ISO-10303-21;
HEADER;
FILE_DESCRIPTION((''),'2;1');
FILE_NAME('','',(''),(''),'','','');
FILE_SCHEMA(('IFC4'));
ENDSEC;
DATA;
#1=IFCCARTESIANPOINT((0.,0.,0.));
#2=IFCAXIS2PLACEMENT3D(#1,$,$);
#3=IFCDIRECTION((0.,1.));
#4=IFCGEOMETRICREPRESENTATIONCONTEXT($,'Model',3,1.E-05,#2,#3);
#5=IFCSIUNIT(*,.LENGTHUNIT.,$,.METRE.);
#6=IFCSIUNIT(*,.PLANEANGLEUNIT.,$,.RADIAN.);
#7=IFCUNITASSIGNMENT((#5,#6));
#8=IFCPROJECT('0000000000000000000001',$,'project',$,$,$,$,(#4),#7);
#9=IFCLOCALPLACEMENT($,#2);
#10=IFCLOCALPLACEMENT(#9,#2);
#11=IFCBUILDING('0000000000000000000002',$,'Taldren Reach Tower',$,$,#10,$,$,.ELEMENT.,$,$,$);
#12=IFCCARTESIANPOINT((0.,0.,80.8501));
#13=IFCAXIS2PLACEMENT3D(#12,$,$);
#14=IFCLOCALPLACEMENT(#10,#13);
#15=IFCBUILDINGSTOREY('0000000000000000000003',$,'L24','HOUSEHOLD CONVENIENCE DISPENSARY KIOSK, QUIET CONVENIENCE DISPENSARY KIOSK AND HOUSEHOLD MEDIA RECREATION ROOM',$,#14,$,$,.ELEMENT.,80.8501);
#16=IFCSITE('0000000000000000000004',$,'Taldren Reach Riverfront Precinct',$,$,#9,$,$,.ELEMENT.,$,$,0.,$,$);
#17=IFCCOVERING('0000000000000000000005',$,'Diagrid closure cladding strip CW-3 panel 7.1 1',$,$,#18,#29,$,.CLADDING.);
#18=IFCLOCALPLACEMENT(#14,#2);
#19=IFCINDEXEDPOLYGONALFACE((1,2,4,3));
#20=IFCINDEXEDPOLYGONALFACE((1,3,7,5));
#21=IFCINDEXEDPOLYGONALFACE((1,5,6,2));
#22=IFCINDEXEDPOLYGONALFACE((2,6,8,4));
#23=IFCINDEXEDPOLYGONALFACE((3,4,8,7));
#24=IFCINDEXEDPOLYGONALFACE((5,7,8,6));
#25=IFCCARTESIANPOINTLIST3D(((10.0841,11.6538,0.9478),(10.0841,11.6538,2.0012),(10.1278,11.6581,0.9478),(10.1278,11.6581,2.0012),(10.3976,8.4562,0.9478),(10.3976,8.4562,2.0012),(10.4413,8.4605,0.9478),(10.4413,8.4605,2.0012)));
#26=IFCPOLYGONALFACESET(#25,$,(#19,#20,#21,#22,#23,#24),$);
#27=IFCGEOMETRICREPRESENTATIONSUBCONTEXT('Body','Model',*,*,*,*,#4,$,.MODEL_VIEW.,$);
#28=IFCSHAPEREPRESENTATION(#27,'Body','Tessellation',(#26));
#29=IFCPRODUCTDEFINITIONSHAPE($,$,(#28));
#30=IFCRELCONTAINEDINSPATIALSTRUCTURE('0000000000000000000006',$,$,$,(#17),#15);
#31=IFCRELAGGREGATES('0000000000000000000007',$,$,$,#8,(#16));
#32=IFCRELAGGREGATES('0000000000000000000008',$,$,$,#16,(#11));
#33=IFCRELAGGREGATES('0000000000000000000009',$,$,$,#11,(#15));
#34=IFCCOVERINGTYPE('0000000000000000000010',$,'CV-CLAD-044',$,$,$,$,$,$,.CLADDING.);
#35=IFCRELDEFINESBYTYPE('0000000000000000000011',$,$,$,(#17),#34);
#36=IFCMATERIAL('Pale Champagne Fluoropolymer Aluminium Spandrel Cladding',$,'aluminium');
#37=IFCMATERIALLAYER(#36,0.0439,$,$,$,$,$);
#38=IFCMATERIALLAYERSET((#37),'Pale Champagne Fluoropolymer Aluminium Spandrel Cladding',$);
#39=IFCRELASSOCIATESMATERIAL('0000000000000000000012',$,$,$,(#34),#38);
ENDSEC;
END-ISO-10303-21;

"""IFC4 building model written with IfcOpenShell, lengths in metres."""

from ifc_helpers import new_model, si_unit, direction, frame, origin, origin_2d, place, context, subcontext, project, spatial, rectangle, extrude, source, transform, mapped, material, layer, layer_set, type_object, element, save


model = new_model("IFC4")

# Units and contexts
model_context = context("Model", 3, precision=1e-05, world=origin(), true_north=direction((0.0, 1.0)))
body_context = subcontext(model_context, "Body", "Model", "MODEL_VIEW")
ifc_project = project(units=[si_unit("LENGTHUNIT", "METRE"), si_unit("PLANEANGLEUNIT", "RADIAN")], contexts=[model_context])

# Site, building, storey
site_placement = place(None, origin())
site = spatial("IfcSite", under=ifc_project, at=site_placement, Name="Taldren Reach Riverfront Precinct", CompositionType="ELEMENT", RefElevation=0.0)
building_placement = place(site_placement, origin())
building = spatial("IfcBuilding", under=site, at=building_placement, Name="Taldren Reach Tower", CompositionType="ELEMENT")
storey_placement = place(building_placement, frame((0.0, 0.0, 80.8501)))
storey = spatial("IfcBuildingStorey", under=building, at=storey_placement, Name="L24", Description="HOUSEHOLD CONVENIENCE DISPENSARY KIOSK, QUIET CONVENIENCE DISPENSARY KIOSK AND HOUSEHOLD MEDIA RECREATION ROOM", CompositionType="ELEMENT", Elevation=80.8501)

# Covering
ifc_material_1 = material(Name="Pale Champagne Fluoropolymer Aluminium Spandrel Cladding", Category="aluminium")
ifc_layer_1 = layer(ifc_material_1, 0.0439)
ifc_layer_set_1 = layer_set([ifc_layer_1], Name="Pale Champagne Fluoropolymer Aluminium Spandrel Cladding")
covering_type = type_object("IfcCoveringType", Name="CV-CLAD-044", PredefinedType="CLADDING", material=ifc_layer_set_1)
shared_shape_1 = source(origin(), body_context, "Body", "SweptSolid", [
    extrude(rectangle(XDim=3.2129, YDim=0.0439, at=origin_2d()), origin(), (0.0, 0.0, 1.0), 1.0535),
])
for number, where, z_axis, x_axis, name in (
    (1, (10.2627, 10.0571, 0.9478), (0.0, 0.0, 1.0), (0.097583, -0.995227, 0.0), "Diagrid closure cladding strip CW-3 panel 7.1 1"),
):
    element("IfcCovering", number, at=place(storey_placement, frame(where, z_axis=z_axis, x_axis=x_axis)), inside=storey, type_object=covering_type, Name=name, PredefinedType="CLADDING", context=body_context, shape_type="MappedRepresentation", body=[
        mapped(shared_shape_1, transform((0.0, 0.0, 0.0), scale=1.0)),
    ])

save(model, "model.ifc")
